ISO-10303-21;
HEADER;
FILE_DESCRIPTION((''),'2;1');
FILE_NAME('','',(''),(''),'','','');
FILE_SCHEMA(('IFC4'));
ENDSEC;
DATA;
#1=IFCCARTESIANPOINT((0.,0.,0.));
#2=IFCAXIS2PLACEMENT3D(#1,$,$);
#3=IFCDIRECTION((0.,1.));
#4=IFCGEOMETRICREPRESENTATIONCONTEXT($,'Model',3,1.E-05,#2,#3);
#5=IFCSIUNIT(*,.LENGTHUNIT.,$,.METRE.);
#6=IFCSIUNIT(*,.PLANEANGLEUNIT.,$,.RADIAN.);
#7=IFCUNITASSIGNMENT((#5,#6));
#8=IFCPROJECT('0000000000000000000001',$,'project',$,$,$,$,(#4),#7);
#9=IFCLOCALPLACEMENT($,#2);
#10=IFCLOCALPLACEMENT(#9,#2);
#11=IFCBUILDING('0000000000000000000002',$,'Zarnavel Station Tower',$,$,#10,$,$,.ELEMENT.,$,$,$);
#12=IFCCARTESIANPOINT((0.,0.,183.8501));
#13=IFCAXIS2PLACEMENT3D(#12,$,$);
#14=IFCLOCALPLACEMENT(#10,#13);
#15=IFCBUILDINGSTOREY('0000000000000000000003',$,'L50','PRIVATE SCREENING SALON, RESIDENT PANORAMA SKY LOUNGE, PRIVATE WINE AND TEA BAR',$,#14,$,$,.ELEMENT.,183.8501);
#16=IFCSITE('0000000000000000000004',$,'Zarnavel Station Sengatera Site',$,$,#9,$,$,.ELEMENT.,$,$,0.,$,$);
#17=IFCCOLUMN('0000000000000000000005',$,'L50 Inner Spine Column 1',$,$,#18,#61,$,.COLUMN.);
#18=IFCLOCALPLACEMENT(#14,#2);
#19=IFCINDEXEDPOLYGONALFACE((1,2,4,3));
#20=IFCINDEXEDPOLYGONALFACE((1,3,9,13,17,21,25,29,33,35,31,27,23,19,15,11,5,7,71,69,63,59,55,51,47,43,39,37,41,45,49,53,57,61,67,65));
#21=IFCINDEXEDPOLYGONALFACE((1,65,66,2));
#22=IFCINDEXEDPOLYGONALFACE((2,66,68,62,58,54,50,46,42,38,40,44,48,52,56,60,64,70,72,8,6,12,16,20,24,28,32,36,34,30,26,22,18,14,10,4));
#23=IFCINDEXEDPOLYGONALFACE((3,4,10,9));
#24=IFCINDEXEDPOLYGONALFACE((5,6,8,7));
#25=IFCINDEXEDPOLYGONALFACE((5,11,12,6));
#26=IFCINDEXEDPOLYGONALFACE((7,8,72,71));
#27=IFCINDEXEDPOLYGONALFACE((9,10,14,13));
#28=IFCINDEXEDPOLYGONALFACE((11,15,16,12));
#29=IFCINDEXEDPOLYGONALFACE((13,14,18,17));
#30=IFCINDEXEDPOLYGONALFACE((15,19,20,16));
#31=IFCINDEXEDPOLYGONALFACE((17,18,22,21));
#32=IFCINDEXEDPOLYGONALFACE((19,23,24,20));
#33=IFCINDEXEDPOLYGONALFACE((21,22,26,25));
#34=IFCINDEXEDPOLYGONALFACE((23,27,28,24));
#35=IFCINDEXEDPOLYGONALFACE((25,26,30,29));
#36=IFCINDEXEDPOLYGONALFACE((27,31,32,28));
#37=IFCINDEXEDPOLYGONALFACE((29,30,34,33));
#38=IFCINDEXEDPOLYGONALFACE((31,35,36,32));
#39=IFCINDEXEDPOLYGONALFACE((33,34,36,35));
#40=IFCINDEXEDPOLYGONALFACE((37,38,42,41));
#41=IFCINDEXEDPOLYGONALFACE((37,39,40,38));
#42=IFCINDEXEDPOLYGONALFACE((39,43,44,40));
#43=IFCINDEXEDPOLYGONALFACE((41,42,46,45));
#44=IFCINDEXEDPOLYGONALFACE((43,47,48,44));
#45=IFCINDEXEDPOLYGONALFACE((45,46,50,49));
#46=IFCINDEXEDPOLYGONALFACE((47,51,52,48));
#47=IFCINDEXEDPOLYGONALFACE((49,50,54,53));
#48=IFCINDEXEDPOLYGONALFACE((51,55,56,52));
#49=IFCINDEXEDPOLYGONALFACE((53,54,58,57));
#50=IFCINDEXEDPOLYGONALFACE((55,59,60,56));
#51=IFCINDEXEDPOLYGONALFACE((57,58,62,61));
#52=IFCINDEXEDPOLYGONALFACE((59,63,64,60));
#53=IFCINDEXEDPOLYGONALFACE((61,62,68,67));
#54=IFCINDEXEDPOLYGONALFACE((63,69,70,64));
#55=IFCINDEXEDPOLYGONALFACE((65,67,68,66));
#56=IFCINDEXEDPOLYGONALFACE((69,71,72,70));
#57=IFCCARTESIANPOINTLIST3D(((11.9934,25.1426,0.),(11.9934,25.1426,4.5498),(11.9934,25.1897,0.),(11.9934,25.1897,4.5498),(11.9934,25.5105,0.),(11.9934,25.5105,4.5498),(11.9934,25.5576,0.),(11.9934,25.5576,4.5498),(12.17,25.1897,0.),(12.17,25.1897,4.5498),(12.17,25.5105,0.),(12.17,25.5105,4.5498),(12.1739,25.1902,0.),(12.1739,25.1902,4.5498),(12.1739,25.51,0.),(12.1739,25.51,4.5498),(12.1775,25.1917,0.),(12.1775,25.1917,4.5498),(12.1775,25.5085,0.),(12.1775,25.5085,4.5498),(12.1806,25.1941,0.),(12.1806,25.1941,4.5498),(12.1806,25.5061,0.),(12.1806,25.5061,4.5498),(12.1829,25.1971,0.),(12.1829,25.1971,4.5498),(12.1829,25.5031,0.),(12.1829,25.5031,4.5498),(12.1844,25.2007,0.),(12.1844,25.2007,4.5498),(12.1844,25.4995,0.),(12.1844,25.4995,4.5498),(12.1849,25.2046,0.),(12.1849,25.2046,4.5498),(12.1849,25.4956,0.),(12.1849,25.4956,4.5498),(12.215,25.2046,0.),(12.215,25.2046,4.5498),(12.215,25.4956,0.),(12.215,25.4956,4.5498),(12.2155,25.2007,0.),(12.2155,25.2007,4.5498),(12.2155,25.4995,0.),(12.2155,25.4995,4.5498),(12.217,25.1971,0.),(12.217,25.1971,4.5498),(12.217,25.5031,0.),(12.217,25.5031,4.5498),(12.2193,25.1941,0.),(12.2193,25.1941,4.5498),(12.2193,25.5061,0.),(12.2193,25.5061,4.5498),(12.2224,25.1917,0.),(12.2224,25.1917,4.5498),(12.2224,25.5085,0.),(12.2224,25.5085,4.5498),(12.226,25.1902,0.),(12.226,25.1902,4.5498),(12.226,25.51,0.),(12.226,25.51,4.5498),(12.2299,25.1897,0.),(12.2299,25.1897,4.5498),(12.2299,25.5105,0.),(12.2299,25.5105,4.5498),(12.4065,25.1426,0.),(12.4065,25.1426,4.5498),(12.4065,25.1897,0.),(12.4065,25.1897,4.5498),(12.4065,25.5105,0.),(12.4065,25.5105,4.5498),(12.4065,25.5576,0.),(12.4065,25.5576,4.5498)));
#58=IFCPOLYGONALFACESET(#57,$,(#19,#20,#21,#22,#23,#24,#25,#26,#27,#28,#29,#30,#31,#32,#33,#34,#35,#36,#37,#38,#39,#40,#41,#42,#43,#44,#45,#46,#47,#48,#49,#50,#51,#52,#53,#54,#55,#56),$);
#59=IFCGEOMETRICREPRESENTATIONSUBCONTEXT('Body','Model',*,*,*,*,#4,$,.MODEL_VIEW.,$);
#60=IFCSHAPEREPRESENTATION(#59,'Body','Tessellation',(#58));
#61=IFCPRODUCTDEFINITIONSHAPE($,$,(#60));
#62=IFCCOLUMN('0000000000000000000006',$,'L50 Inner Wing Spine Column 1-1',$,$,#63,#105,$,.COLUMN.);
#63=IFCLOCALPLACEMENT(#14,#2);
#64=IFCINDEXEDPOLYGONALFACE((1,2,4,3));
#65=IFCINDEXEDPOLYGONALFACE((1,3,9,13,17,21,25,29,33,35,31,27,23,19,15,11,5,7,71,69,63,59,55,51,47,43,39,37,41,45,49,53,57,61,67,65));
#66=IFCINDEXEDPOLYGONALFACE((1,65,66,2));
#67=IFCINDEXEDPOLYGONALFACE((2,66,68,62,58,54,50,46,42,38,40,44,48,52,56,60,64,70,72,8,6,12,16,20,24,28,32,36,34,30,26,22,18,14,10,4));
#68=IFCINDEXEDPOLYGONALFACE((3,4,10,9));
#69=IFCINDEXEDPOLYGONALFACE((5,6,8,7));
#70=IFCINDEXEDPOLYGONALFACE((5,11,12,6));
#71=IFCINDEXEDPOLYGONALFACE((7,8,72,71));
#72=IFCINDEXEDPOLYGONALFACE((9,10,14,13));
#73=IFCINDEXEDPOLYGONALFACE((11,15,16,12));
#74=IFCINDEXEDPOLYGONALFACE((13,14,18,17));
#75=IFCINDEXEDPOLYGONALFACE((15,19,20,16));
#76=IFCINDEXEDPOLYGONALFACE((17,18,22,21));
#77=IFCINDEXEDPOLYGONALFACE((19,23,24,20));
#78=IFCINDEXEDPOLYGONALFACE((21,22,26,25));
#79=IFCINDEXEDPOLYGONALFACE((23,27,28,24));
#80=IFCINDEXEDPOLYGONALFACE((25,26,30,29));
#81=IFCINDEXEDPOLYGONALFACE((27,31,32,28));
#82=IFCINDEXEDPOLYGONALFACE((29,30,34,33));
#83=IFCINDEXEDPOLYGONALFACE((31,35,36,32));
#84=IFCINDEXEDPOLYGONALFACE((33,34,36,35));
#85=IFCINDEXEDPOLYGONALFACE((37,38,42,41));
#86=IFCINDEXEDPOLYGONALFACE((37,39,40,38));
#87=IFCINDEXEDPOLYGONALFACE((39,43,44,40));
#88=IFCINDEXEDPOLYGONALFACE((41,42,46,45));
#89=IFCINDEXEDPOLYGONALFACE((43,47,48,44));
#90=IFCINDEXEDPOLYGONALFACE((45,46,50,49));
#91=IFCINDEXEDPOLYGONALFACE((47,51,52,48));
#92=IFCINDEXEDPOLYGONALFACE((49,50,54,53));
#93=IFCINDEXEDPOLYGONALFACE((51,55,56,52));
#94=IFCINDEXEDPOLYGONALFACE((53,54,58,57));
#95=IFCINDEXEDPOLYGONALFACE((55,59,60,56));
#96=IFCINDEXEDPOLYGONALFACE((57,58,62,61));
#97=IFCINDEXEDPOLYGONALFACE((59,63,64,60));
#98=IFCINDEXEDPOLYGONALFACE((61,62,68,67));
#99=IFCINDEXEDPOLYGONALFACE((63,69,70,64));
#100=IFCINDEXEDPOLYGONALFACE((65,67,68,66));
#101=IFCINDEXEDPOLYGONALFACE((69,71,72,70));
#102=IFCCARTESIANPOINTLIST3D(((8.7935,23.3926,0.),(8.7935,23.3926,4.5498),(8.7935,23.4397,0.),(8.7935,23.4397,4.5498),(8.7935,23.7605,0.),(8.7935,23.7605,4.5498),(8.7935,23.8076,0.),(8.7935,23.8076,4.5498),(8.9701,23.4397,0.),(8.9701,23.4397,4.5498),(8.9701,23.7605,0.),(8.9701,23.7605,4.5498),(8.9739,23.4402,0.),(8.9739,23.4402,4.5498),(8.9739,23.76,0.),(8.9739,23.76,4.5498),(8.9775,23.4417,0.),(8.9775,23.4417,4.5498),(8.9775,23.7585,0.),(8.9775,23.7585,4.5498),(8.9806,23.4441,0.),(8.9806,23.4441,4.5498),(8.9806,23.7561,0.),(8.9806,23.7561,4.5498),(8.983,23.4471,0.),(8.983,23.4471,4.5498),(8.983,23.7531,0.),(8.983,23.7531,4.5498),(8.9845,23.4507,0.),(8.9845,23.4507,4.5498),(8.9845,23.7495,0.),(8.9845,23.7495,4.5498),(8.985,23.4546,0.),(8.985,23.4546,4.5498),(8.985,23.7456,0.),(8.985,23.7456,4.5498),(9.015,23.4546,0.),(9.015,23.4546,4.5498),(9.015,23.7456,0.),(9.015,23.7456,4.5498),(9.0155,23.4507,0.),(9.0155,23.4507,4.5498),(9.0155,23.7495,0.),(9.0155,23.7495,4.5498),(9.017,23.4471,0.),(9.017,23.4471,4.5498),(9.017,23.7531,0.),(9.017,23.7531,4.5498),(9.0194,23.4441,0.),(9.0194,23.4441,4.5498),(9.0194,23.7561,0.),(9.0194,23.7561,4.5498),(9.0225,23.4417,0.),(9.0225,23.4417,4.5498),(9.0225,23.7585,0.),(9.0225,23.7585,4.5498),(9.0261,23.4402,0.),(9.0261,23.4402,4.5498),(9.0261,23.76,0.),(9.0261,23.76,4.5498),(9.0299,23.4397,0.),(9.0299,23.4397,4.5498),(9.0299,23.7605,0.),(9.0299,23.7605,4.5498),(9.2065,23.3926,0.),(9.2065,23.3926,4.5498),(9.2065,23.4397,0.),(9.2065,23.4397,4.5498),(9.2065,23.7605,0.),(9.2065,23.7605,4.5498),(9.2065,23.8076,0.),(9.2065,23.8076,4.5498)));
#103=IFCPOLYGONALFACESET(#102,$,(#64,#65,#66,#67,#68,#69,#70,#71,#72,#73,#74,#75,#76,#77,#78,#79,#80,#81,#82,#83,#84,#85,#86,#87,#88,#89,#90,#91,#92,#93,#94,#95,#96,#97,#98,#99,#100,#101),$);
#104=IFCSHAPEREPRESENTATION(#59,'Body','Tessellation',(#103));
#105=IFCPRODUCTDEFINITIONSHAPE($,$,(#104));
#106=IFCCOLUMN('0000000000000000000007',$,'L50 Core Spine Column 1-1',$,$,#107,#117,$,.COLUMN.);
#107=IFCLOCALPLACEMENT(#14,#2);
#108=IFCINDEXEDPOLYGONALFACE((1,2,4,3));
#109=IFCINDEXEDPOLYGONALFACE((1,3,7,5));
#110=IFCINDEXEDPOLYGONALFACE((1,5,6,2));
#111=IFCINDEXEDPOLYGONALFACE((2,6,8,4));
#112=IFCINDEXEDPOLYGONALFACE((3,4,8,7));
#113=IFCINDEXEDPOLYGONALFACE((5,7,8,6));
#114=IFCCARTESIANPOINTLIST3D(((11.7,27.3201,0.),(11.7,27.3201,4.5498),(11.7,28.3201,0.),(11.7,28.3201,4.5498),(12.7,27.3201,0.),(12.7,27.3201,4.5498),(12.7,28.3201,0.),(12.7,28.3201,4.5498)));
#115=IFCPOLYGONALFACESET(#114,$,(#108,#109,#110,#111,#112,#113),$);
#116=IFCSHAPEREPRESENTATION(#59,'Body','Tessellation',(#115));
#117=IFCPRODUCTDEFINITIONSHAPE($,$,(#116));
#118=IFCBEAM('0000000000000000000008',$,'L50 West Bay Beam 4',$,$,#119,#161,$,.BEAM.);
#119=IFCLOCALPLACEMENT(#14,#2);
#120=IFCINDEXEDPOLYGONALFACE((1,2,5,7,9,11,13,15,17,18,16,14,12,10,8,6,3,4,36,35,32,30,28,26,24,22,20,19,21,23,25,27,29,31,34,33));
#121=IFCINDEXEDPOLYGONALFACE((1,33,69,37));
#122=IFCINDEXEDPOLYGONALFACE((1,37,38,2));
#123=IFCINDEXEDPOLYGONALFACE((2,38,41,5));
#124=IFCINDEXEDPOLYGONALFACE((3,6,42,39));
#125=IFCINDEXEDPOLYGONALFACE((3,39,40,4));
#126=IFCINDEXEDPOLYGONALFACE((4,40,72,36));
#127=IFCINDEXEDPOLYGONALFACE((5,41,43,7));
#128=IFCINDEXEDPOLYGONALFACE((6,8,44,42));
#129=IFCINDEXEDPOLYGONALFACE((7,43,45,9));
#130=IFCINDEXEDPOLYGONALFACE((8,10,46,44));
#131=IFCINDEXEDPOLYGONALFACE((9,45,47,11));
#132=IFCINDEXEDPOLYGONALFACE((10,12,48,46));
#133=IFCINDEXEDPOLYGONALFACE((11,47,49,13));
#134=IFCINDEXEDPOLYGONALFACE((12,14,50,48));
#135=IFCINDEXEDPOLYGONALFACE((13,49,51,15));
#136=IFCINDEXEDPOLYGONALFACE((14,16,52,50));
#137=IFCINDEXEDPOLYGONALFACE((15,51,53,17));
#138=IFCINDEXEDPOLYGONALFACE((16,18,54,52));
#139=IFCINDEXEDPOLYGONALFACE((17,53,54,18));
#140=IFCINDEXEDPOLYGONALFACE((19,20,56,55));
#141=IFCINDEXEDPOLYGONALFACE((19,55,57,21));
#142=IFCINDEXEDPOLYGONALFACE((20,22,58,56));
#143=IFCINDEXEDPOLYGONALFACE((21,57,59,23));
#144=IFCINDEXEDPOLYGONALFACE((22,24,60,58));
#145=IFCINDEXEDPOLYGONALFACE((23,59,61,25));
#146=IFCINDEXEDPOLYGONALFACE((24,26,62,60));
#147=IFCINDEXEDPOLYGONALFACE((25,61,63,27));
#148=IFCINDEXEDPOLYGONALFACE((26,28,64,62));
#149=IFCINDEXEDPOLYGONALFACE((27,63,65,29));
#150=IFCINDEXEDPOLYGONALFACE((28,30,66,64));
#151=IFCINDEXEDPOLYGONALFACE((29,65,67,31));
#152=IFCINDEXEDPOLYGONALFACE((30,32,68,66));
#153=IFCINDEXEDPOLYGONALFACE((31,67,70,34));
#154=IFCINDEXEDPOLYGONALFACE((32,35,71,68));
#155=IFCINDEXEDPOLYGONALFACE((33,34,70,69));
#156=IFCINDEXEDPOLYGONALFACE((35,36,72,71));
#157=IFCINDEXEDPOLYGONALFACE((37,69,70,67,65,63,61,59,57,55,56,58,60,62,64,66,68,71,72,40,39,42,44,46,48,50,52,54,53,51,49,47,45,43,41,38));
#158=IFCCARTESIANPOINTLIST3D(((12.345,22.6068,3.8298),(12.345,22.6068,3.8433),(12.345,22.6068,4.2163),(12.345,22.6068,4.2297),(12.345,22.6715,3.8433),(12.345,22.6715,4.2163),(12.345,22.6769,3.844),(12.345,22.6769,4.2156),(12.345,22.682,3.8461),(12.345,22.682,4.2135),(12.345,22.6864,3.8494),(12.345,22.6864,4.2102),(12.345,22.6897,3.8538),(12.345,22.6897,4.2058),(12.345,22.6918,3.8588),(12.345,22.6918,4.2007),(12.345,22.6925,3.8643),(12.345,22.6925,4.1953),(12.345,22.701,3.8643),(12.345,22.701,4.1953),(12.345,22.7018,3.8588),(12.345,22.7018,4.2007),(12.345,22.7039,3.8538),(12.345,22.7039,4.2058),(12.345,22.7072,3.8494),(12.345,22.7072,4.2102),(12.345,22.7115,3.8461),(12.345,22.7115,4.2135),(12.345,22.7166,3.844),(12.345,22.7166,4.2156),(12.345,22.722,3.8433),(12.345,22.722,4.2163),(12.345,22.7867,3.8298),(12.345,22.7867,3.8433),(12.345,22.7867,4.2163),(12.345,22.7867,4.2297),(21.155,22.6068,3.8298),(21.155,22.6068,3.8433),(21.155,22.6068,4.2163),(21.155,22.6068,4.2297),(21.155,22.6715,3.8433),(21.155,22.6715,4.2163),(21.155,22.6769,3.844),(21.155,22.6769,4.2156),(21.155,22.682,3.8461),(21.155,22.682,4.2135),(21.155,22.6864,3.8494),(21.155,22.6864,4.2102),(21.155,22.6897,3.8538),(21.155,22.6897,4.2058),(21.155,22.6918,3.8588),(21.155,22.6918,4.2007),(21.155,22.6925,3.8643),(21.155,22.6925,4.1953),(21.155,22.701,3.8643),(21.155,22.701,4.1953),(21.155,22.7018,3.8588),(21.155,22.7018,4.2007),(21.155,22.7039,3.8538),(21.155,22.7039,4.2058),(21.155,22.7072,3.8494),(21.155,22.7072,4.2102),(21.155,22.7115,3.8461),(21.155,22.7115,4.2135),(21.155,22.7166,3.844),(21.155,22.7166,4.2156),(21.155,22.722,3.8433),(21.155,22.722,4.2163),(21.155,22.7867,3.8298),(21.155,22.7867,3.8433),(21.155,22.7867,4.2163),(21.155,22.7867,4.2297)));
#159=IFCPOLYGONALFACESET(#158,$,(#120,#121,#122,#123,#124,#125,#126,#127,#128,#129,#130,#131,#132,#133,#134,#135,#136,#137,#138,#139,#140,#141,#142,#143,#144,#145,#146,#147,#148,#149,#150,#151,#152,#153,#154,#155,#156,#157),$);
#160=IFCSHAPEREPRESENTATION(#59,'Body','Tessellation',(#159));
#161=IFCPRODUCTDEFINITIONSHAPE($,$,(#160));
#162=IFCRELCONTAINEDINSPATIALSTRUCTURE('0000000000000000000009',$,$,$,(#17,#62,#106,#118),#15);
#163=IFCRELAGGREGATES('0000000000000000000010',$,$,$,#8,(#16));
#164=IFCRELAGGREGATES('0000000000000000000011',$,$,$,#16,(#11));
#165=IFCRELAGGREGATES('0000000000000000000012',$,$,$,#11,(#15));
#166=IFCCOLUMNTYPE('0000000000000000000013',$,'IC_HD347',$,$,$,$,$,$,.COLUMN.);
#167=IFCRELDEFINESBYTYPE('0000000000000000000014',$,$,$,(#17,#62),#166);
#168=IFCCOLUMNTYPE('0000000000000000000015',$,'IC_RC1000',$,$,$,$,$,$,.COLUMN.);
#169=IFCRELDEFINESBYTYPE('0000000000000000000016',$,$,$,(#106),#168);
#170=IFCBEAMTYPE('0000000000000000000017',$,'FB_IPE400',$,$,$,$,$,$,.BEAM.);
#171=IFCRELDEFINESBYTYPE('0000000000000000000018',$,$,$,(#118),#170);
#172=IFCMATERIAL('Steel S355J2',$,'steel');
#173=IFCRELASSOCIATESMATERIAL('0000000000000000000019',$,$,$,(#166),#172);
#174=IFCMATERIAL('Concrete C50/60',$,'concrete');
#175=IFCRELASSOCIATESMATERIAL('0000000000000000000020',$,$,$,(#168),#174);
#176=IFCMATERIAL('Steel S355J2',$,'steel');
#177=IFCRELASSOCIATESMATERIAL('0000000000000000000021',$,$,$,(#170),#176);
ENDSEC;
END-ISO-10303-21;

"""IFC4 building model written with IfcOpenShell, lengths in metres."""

from ifc_helpers import new_model, si_unit, direction, frame, origin, origin_2d, place, context, subcontext, project, spatial, rectangle, i_section, extrude, material, material_profile, profile_set, type_object, element, save


model = new_model("IFC4")

# Units and contexts
model_context = context("Model", 3, precision=1e-05, world=origin(), true_north=direction((0.0, 1.0)))
body_context = subcontext(model_context, "Body", "Model", "MODEL_VIEW")
ifc_project = project(units=[si_unit("LENGTHUNIT", "METRE"), si_unit("PLANEANGLEUNIT", "RADIAN")], contexts=[model_context])

# Site, building, storey
site_placement = place(None, origin())
site = spatial("IfcSite", under=ifc_project, at=site_placement, Name="Zarnavel Station Sengatera Site", CompositionType="ELEMENT", RefElevation=0.0)
building_placement = place(site_placement, origin())
building = spatial("IfcBuilding", under=site, at=building_placement, Name="Zarnavel Station Tower", CompositionType="ELEMENT")
storey_placement = place(building_placement, frame((0.0, 0.0, 183.8501)))
storey = spatial("IfcBuildingStorey", under=building, at=storey_placement, Name="L50", Description="PRIVATE SCREENING SALON, RESIDENT PANORAMA SKY LOUNGE, PRIVATE WINE AND TEA BAR", CompositionType="ELEMENT", Elevation=183.8501)

# Columns
ifc_material_1 = material(Name="Steel S355J2", Category="steel")
ifc_material_profile_1 = material_profile(ifc_material_1, i_section(OverallWidth=0.4131, OverallDepth=0.415, WebThickness=0.03, FlangeThickness=0.0471, FilletRadius=0.0149, at=origin_2d()), Name="HD400x347")
ifc_profile_set_1 = profile_set([ifc_material_profile_1], Name="Steel S355J2")
column_type_1 = type_object("IfcColumnType", Name="IC_HD347", PredefinedType="COLUMN", material=ifc_profile_set_1)
for number, where, z_axis, x_axis, name in (
    (1, (12.2, 25.3501, 0.0), (0.0, 0.0, 1.0), (1.0, 0.0, 0.0), "L50 Inner Spine Column 1"),
    (2, (9.0, 23.6001, 0.0), (0.0, 0.0, 1.0), (1.0, 0.0, 0.0), "L50 Inner Wing Spine Column 1-1"),
):
    element("IfcColumn", number, at=place(storey_placement, frame(where, z_axis=z_axis, x_axis=x_axis)), inside=storey, type_object=column_type_1, Name=name, PredefinedType="COLUMN", context=body_context, shape_type="SweptSolid", body=[
        extrude(i_section(OverallWidth=0.4131, OverallDepth=0.415, WebThickness=0.03, FlangeThickness=0.0471, FilletRadius=0.0149, at=origin_2d()), origin(), (0.0, 0.0, 1.0), 4.5498),
    ])
ifc_material_2 = material(Name="Concrete C50/60", Category="concrete")
ifc_material_profile_2 = material_profile(ifc_material_2, rectangle(XDim=1.0, YDim=1.0, at=origin_2d()), Name="RC1000x1000")
ifc_profile_set_2 = profile_set([ifc_material_profile_2], Name="Concrete C50/60")
column_type_2 = type_object("IfcColumnType", Name="IC_RC1000", PredefinedType="COLUMN", material=ifc_profile_set_2)
column_placement = place(storey_placement, frame((12.2, 27.8201, 0.0), z_axis=(0.0, 0.0, 1.0), x_axis=(1.0, 0.0, 0.0)))
element("IfcColumn", 3, at=column_placement, inside=storey, type_object=column_type_2, Name="L50 Core Spine Column 1-1", PredefinedType="COLUMN", context=body_context, shape_type="SweptSolid", body=[
    extrude(rectangle(XDim=1.0, YDim=1.0, at=origin_2d()), origin(), (0.0, 0.0, 1.0), 4.5498),
])

# Beam
ifc_material_3 = material(Name="Steel S355J2", Category="steel")
ifc_material_profile_3 = material_profile(ifc_material_3, i_section(OverallWidth=0.1799, OverallDepth=0.3999, WebThickness=0.0085, FlangeThickness=0.0134, FilletRadius=0.021, at=origin_2d()), Name="IPE400")
ifc_profile_set_3 = profile_set([ifc_material_profile_3], Name="Steel S355J2")
beam_type_1 = type_object("IfcBeamType", Name="FB_IPE400", PredefinedType="BEAM", material=ifc_profile_set_3)
beam_1_placement = place(storey_placement, frame((12.345, 22.6968, 4.0298), z_axis=(1.0, 0.0, 0.0), x_axis=(0.0, 1.0, 0.0)))
element("IfcBeam", 4, at=beam_1_placement, inside=storey, type_object=beam_type_1, Name="L50 West Bay Beam 4", PredefinedType="BEAM", context=body_context, shape_type="SweptSolid", body=[
    extrude(i_section(OverallWidth=0.1799, OverallDepth=0.3999, WebThickness=0.0085, FlangeThickness=0.0134, FilletRadius=0.021, at=origin_2d()), origin(), (0.0, 0.0, 1.0), 8.8101),
])

save(model, "model.ifc")
